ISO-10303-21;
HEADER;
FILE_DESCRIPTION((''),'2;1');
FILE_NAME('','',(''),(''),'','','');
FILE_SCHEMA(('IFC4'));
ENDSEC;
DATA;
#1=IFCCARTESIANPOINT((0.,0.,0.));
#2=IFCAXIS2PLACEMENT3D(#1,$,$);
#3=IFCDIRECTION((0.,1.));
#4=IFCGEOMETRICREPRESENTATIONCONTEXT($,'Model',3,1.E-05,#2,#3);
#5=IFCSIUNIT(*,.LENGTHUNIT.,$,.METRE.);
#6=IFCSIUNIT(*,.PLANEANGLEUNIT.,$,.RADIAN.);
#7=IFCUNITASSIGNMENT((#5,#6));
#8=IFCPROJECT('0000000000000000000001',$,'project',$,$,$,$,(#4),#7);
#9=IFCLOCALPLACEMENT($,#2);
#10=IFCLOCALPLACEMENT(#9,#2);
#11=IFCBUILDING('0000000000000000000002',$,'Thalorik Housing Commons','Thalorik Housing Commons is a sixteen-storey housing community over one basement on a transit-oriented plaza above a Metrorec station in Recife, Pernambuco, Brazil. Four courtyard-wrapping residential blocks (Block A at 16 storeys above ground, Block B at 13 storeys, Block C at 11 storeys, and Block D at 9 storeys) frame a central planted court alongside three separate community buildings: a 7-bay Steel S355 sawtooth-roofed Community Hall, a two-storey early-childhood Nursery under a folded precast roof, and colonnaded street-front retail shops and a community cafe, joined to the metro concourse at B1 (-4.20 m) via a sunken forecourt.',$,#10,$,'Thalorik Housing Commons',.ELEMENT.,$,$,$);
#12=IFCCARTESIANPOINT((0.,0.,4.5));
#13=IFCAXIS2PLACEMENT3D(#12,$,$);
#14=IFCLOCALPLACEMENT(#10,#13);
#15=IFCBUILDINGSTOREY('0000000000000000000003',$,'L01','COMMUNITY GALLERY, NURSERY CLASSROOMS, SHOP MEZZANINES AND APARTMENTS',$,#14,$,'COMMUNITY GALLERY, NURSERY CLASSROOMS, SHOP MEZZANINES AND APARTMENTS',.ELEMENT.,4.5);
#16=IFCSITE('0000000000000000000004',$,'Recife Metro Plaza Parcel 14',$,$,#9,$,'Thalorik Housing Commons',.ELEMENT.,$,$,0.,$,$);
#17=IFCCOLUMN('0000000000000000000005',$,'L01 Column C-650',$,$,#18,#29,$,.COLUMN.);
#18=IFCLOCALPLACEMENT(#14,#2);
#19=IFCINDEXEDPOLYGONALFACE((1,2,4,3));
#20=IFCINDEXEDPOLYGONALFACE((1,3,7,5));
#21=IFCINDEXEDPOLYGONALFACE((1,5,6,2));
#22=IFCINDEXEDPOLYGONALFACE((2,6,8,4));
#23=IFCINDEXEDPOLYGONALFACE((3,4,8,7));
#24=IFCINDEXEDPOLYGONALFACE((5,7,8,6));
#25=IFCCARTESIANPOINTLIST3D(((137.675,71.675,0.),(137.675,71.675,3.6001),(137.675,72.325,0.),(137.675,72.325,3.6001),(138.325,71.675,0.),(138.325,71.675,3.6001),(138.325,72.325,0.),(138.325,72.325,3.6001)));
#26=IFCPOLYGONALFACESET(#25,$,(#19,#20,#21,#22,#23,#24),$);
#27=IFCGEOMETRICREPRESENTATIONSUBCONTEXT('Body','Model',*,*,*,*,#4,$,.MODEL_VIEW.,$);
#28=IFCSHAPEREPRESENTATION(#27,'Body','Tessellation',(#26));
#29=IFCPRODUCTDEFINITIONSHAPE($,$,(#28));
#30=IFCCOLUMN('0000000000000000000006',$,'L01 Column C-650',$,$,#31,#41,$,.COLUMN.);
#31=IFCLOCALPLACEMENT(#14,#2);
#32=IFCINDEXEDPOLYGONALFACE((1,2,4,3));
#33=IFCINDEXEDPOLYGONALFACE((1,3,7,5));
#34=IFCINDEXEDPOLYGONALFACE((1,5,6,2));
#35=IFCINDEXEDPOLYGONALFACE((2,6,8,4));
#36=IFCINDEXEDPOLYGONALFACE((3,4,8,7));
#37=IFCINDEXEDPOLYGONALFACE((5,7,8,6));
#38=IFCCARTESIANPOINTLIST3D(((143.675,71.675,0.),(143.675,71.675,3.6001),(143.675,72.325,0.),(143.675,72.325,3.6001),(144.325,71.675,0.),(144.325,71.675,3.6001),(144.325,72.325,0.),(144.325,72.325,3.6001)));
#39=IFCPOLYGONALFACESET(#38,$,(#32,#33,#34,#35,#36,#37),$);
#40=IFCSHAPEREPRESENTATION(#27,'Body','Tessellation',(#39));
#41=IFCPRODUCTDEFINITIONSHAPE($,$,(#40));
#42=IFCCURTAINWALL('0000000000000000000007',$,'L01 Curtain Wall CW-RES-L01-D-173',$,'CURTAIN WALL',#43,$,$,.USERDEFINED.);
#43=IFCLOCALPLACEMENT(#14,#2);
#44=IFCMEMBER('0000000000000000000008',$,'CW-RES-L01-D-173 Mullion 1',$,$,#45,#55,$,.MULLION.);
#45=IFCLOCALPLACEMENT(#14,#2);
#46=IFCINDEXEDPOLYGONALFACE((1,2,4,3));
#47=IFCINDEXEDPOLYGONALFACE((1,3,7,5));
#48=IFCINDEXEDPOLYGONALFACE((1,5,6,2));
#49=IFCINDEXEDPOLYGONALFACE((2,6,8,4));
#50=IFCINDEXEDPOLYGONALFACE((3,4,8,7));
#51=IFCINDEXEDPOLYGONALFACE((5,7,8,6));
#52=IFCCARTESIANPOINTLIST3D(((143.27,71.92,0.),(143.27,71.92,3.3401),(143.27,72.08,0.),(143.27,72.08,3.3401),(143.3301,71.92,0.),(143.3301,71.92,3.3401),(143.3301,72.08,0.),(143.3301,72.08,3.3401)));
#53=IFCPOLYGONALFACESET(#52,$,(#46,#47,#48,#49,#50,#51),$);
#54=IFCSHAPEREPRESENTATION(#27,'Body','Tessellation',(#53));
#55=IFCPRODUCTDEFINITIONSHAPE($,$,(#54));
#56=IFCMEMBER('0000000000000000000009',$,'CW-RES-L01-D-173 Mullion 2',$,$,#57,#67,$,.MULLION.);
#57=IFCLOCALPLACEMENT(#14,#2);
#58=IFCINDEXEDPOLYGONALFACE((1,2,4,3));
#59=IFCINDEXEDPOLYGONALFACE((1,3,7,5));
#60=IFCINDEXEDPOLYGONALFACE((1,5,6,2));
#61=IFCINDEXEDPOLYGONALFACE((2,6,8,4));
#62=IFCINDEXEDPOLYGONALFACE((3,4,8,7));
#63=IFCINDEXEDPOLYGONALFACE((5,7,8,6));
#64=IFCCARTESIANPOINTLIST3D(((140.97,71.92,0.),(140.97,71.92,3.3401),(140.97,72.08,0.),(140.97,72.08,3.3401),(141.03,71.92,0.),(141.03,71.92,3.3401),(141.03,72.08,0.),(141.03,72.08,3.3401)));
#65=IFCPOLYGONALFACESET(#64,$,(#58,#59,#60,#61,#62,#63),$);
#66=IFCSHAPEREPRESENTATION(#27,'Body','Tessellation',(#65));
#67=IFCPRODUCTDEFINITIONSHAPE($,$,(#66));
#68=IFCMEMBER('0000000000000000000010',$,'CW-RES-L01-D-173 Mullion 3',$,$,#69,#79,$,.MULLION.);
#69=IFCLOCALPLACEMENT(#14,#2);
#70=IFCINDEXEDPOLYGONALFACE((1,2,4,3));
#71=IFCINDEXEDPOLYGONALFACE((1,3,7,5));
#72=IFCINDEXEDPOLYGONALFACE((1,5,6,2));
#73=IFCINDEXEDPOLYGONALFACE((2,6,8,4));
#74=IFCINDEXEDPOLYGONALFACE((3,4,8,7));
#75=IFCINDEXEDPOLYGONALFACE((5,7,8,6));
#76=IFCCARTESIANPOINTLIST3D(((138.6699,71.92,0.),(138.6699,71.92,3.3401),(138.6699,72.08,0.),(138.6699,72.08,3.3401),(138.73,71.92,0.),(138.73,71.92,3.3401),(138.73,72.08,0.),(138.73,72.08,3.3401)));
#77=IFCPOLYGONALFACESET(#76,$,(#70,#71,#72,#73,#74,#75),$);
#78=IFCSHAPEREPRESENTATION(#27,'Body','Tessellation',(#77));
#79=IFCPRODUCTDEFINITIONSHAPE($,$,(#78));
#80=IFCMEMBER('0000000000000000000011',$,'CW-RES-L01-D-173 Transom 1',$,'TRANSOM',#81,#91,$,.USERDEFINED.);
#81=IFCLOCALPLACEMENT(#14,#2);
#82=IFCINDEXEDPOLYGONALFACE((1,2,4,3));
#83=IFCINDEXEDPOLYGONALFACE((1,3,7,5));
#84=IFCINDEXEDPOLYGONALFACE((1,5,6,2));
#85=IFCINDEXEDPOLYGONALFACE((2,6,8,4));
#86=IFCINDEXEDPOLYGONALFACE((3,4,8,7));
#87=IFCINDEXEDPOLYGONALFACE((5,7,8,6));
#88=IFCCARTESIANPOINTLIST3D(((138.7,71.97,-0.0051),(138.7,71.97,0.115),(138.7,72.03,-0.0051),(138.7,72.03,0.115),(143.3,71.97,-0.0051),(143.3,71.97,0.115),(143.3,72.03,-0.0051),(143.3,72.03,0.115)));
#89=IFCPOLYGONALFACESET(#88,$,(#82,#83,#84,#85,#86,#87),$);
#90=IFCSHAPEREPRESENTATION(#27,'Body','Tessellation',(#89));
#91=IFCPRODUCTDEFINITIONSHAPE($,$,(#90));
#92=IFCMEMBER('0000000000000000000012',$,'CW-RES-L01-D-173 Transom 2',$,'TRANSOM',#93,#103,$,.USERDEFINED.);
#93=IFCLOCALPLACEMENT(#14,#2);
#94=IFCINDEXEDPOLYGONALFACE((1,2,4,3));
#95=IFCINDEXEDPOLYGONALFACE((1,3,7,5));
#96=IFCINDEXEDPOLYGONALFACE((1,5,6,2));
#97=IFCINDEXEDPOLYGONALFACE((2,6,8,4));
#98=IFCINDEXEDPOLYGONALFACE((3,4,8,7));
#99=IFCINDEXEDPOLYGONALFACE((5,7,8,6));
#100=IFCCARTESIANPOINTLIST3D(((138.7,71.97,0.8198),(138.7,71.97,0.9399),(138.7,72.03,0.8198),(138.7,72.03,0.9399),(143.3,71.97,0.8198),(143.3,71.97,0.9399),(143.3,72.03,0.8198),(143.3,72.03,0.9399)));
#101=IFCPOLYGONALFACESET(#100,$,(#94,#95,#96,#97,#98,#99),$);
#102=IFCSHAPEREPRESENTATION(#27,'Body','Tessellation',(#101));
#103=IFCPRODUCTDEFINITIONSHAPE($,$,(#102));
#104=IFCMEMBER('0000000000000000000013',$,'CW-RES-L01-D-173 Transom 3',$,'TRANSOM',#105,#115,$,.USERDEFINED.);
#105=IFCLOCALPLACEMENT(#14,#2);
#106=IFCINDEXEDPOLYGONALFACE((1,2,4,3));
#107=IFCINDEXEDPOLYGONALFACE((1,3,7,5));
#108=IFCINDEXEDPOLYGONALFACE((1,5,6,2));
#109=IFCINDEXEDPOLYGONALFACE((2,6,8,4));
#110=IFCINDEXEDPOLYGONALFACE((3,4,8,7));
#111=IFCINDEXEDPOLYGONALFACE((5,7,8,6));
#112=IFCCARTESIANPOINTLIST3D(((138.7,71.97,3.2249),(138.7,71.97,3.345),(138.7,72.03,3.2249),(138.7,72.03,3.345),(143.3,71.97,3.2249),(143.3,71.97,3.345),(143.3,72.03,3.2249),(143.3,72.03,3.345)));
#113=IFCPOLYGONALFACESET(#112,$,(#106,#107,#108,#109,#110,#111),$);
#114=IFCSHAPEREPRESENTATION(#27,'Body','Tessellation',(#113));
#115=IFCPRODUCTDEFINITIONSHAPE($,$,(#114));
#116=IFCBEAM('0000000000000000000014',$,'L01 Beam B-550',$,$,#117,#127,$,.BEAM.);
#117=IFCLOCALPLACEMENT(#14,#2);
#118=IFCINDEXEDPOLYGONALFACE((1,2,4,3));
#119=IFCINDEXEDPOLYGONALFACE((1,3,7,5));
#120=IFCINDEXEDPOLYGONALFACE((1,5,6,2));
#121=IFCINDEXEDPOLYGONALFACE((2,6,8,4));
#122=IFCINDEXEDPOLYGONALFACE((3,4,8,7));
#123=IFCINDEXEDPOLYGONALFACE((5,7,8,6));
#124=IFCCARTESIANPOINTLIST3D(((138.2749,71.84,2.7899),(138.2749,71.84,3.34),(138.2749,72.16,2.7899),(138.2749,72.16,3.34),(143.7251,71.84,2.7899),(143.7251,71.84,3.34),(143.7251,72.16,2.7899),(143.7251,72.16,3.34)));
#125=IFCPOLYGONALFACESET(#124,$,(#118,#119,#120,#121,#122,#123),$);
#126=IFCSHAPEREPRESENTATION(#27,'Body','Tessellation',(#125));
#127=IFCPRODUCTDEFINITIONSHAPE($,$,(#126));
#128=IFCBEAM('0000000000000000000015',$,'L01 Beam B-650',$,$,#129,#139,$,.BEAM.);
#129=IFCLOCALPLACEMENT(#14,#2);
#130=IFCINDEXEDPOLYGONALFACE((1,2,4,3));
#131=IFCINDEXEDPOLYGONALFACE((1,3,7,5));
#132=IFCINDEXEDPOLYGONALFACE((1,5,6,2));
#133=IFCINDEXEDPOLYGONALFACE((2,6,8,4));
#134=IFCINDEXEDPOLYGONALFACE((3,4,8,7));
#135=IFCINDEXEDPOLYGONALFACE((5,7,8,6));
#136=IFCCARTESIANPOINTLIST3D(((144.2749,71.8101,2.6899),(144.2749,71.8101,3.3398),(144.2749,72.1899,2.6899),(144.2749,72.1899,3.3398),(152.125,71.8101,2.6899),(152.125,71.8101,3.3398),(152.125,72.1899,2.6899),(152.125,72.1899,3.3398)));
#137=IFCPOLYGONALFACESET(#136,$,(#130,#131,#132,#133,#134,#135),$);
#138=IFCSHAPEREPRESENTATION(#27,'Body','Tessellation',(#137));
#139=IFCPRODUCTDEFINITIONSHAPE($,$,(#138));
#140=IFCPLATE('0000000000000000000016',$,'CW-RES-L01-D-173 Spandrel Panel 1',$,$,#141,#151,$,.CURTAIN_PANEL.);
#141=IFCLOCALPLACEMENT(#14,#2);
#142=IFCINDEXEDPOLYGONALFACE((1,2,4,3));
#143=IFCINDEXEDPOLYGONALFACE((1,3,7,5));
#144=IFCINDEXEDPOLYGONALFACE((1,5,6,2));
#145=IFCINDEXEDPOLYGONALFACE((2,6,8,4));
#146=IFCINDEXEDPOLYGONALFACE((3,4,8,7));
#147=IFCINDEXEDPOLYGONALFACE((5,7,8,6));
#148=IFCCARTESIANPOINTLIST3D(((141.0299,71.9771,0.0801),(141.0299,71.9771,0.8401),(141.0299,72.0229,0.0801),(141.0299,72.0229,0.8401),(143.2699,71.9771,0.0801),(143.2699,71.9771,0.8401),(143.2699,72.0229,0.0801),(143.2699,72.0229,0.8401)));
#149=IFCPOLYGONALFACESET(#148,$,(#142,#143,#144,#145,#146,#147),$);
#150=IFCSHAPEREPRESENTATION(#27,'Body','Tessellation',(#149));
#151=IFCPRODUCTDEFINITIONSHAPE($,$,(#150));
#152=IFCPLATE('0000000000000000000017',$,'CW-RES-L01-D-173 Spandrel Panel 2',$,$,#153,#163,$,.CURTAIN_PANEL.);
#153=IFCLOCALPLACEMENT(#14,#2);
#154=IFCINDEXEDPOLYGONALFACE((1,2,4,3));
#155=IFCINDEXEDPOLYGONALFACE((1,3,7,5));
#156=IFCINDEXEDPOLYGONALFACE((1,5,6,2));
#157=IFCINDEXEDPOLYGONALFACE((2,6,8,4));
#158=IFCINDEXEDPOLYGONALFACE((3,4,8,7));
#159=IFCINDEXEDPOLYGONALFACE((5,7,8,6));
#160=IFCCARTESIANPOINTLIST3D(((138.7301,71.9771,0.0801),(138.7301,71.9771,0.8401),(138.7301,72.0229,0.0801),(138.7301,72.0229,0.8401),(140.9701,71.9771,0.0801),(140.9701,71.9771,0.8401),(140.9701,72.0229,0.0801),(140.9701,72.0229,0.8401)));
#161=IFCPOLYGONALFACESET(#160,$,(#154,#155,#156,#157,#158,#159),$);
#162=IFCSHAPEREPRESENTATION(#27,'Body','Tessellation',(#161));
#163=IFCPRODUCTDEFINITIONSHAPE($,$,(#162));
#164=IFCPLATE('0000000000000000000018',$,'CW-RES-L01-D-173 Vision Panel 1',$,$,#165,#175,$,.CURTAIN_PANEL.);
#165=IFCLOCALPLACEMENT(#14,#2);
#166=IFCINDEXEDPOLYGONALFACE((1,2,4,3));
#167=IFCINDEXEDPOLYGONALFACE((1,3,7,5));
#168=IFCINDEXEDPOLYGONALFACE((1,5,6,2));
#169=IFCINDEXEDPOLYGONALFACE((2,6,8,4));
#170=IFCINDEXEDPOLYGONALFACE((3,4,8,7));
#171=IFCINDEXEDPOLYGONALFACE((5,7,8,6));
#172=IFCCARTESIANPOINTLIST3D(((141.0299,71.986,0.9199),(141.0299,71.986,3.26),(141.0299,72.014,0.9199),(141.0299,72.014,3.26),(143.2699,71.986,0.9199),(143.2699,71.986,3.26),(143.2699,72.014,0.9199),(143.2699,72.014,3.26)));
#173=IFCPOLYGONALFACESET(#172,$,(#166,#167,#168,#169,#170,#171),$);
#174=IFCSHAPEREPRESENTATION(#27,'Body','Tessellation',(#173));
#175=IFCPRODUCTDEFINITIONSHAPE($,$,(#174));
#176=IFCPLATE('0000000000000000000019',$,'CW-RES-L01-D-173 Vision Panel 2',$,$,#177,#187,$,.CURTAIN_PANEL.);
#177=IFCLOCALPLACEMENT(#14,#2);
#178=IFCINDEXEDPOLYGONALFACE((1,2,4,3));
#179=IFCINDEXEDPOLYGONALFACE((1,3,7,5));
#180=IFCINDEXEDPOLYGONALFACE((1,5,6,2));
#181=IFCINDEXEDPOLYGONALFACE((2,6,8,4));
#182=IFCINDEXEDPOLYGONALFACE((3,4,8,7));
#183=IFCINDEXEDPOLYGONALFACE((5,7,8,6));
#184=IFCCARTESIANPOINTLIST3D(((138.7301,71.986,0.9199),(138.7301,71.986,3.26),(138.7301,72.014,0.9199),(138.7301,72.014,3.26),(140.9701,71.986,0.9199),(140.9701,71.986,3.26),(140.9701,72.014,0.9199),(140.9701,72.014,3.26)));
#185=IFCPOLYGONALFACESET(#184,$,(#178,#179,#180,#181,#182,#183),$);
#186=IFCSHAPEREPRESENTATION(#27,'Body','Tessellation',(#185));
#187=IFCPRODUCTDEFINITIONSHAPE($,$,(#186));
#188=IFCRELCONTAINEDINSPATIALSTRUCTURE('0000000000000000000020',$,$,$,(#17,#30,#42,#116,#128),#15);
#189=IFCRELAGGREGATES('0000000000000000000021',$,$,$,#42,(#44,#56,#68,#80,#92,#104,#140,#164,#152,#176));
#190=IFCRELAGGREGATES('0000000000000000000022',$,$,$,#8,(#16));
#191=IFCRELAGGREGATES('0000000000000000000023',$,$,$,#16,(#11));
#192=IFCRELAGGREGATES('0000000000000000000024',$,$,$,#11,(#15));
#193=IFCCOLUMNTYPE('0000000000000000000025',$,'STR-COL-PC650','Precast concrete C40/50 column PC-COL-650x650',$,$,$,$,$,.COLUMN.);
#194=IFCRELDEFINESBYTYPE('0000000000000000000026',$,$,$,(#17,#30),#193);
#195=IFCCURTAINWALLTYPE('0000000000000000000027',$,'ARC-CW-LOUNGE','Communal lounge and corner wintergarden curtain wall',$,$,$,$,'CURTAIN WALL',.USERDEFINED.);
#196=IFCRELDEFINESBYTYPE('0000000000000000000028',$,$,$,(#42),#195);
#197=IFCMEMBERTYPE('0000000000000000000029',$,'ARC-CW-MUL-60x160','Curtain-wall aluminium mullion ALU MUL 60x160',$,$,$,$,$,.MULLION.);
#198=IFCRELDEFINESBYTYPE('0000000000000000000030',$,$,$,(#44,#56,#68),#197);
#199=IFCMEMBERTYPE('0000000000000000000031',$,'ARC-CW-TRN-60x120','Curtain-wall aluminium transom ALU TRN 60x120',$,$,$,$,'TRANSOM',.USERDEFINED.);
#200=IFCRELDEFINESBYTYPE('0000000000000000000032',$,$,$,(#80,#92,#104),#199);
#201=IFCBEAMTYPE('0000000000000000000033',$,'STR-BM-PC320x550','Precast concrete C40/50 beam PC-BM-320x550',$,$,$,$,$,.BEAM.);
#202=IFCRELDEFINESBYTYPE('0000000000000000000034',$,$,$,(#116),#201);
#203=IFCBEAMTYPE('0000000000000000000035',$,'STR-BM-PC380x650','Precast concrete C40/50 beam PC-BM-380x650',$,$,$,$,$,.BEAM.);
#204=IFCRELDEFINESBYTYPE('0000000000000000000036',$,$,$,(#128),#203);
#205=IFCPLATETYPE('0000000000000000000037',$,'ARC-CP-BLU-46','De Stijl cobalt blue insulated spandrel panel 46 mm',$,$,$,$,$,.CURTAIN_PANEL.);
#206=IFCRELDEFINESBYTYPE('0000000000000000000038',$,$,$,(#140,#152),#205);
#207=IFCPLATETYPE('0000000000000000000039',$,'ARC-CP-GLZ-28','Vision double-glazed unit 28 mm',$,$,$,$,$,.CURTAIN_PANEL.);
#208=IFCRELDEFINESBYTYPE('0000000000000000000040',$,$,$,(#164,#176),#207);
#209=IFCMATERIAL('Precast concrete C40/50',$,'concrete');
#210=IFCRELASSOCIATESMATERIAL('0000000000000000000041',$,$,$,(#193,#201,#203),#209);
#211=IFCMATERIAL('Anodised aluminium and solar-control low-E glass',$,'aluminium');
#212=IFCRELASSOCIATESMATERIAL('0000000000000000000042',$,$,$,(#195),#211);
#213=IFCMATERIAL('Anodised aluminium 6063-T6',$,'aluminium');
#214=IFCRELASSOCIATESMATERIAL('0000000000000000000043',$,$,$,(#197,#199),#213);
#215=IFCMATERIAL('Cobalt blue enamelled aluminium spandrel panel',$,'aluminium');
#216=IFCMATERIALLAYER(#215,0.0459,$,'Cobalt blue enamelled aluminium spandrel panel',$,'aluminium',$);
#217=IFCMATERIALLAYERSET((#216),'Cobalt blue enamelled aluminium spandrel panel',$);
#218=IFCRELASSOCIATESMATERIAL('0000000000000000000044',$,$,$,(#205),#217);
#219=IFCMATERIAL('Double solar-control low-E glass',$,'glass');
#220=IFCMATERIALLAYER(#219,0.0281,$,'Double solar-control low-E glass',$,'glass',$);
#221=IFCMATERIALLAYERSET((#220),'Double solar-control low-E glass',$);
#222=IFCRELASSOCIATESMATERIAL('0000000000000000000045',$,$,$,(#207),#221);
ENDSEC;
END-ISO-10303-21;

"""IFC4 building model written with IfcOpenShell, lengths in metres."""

from ifc_helpers import new_model, si_unit, direction, frame, origin, origin_2d, place, context, subcontext, project, spatial, rectangle, extrude, material, layer, layer_set, material_profile, profile_set, type_object, element, aggregate, save


model = new_model("IFC4")

# Units and contexts
model_context = context("Model", 3, precision=1e-05, world=origin(), true_north=direction((0.0, 1.0)))
body_context = subcontext(model_context, "Body", "Model", "MODEL_VIEW")
ifc_project = project(units=[si_unit("LENGTHUNIT", "METRE"), si_unit("PLANEANGLEUNIT", "RADIAN")], contexts=[model_context])

# Site, building, storey
site_placement = place(None, origin())
site = spatial("IfcSite", under=ifc_project, at=site_placement, Name="Recife Metro Plaza Parcel 14", LongName="Thalorik Housing Commons", CompositionType="ELEMENT", RefElevation=0.0)
building_placement = place(site_placement, origin())
building = spatial("IfcBuilding", under=site, at=building_placement, Name="Thalorik Housing Commons", Description="Thalorik Housing Commons is a sixteen-storey housing community over one basement on a transit-oriented plaza above a Metrorec station in Recife, Pernambuco, Brazil. Four courtyard-wrapping residential blocks (Block A at 16 storeys above ground, Block B at 13 storeys, Block C at 11 storeys, and Block D at 9 storeys) frame a central planted court alongside three separate community buildings: a 7-bay Steel S355 sawtooth-roofed Community Hall, a two-storey early-childhood Nursery under a folded precast roof, and colonnaded street-front retail shops and a community cafe, joined to the metro concourse at B1 (-4.20 m) via a sunken forecourt.", LongName="Thalorik Housing Commons", CompositionType="ELEMENT")
storey_placement = place(building_placement, frame((0.0, 0.0, 4.5)))
storey = spatial("IfcBuildingStorey", under=building, at=storey_placement, Name="L01", Description="COMMUNITY GALLERY, NURSERY CLASSROOMS, SHOP MEZZANINES AND APARTMENTS", LongName="COMMUNITY GALLERY, NURSERY CLASSROOMS, SHOP MEZZANINES AND APARTMENTS", CompositionType="ELEMENT", Elevation=4.5)

# Columns
ifc_material_1 = material(Name="Precast concrete C40/50", Category="concrete")
ifc_material_profile_1 = material_profile(ifc_material_1, rectangle(XDim=0.6499, YDim=0.6499, at=origin_2d()), Name="PC 650x650", Category="concrete")
ifc_profile_set_1 = profile_set([ifc_material_profile_1], Name="Precast concrete C40/50")
column_type = type_object("IfcColumnType", Name="STR-COL-PC650", Description="Precast concrete C40/50 column PC-COL-650x650", PredefinedType="COLUMN", material=ifc_profile_set_1)
for number, where, z_axis, x_axis, name in (
    (1, (138.0, 72.0, 0.0), (0.0, 0.0, 1.0), (1.0, 0.0, 0.0), "L01 Column C-650"),
    (2, (144.0, 72.0, 0.0), (0.0, 0.0, 1.0), (1.0, 0.0, 0.0), "L01 Column C-650"),
):
    element("IfcColumn", number, at=place(storey_placement, frame(where, z_axis=z_axis, x_axis=x_axis)), inside=storey, type_object=column_type, Name=name, PredefinedType="COLUMN", context=body_context, shape_type="SweptSolid", body=[
        extrude(rectangle(XDim=0.6499, YDim=0.6499, at=origin_2d()), origin(), (0.0, 0.0, 1.0), 3.6001),
    ])

# Curtain wall, members
ifc_material_2 = material(Name="Anodised aluminium and solar-control low-E glass", Category="aluminium")
curtain_wall_type = type_object("IfcCurtainWallType", Name="ARC-CW-LOUNGE", Description="Communal lounge and corner wintergarden curtain wall", ElementType="CURTAIN WALL", PredefinedType="USERDEFINED", material=ifc_material_2)
curtain_wall_placement = place(storey_placement, origin())
curtain_wall = element("IfcCurtainWall", 3, at=curtain_wall_placement, inside=storey, type_object=curtain_wall_type, Name="L01 Curtain Wall CW-RES-L01-D-173", ObjectType="CURTAIN WALL", PredefinedType="USERDEFINED")
ifc_material_3 = material(Name="Anodised aluminium 6063-T6", Category="aluminium")
ifc_material_profile_2 = material_profile(ifc_material_3, rectangle(XDim=0.0601, YDim=0.1599, at=origin_2d()), Name="ALU MUL 60x160", Category="aluminium")
ifc_profile_set_2 = profile_set([ifc_material_profile_2], Name="Anodised aluminium 6063-T6")
member_type_1 = type_object("IfcMemberType", Name="ARC-CW-MUL-60x160", Description="Curtain-wall aluminium mullion ALU MUL 60x160", PredefinedType="MULLION", material=ifc_profile_set_2)
member_1_placement = place(storey_placement, frame((143.3, 72.0, 0.0), z_axis=(0.0, 0.0, 1.0), x_axis=(-1.0, 0.0, 0.0)))
member_1 = element("IfcMember", 4, at=member_1_placement, type_object=member_type_1, Name="CW-RES-L01-D-173 Mullion 1", PredefinedType="MULLION", context=body_context, shape_type="SweptSolid", body=[
    extrude(rectangle(XDim=0.0601, YDim=0.1599, at=origin_2d()), origin(), (0.0, 0.0, 1.0), 3.3401),
])
member_2_placement = place(storey_placement, frame((141.0, 72.0, 0.0), z_axis=(0.0, 0.0, 1.0), x_axis=(-1.0, 0.0, 0.0)))
member_2 = element("IfcMember", 5, at=member_2_placement, type_object=member_type_1, Name="CW-RES-L01-D-173 Mullion 2", PredefinedType="MULLION", context=body_context, shape_type="SweptSolid", body=[
    extrude(rectangle(XDim=0.0601, YDim=0.1599, at=origin_2d()), origin(), (0.0, 0.0, 1.0), 3.3401),
])
member_3_placement = place(storey_placement, frame((138.7, 72.0, 0.0), z_axis=(0.0, 0.0, 1.0), x_axis=(-1.0, 0.0, 0.0)))
member_3 = element("IfcMember", 6, at=member_3_placement, type_object=member_type_1, Name="CW-RES-L01-D-173 Mullion 3", PredefinedType="MULLION", context=body_context, shape_type="SweptSolid", body=[
    extrude(rectangle(XDim=0.0601, YDim=0.1599, at=origin_2d()), origin(), (0.0, 0.0, 1.0), 3.3401),
])
ifc_material_profile_3 = material_profile(ifc_material_3, rectangle(XDim=0.0601, YDim=0.1201, at=origin_2d()), Name="ALU TRN 60x120", Category="aluminium")
ifc_profile_set_3 = profile_set([ifc_material_profile_3], Name="Anodised aluminium 6063-T6")
member_type_2 = type_object("IfcMemberType", Name="ARC-CW-TRN-60x120", Description="Curtain-wall aluminium transom ALU TRN 60x120", ElementType="TRANSOM", PredefinedType="USERDEFINED", material=ifc_profile_set_3)
member_4_placement = place(storey_placement, frame((143.3, 72.0, 0.0549), z_axis=(-1.0, 0.0, 0.0), x_axis=(0.0, -1.0, 0.0)))
member_4 = element("IfcMember", 7, at=member_4_placement, type_object=member_type_2, Name="CW-RES-L01-D-173 Transom 1", ObjectType="TRANSOM", PredefinedType="USERDEFINED", context=body_context, shape_type="SweptSolid", body=[
    extrude(rectangle(XDim=0.0601, YDim=0.1201, at=origin_2d()), origin(), (0.0, 0.0, 1.0), 4.6001),
])
member_5_placement = place(storey_placement, frame((143.3, 72.0, 0.8799), z_axis=(-1.0, 0.0, 0.0), x_axis=(0.0, -1.0, 0.0)))
member_5 = element("IfcMember", 8, at=member_5_placement, type_object=member_type_2, Name="CW-RES-L01-D-173 Transom 2", ObjectType="TRANSOM", PredefinedType="USERDEFINED", context=body_context, shape_type="SweptSolid", body=[
    extrude(rectangle(XDim=0.0601, YDim=0.1201, at=origin_2d()), origin(), (0.0, 0.0, 1.0), 4.6001),
])
member_6_placement = place(storey_placement, frame((143.3, 72.0, 3.2849), z_axis=(-1.0, 0.0, 0.0), x_axis=(0.0, -1.0, 0.0)))
member_6 = element("IfcMember", 9, at=member_6_placement, type_object=member_type_2, Name="CW-RES-L01-D-173 Transom 3", ObjectType="TRANSOM", PredefinedType="USERDEFINED", context=body_context, shape_type="SweptSolid", body=[
    extrude(rectangle(XDim=0.0601, YDim=0.1201, at=origin_2d()), origin(), (0.0, 0.0, 1.0), 4.6001),
])

# Beams
ifc_material_profile_4 = material_profile(ifc_material_1, rectangle(XDim=0.3201, YDim=0.55, at=origin_2d()), Name="PC 320x550", Category="concrete")
ifc_profile_set_4 = profile_set([ifc_material_profile_4], Name="Precast concrete C40/50")
beam_type_1 = type_object("IfcBeamType", Name="STR-BM-PC320x550", Description="Precast concrete C40/50 beam PC-BM-320x550", PredefinedType="BEAM", material=ifc_profile_set_4)
beam_1_placement = place(storey_placement, frame((138.2749, 72.0, 3.0649), z_axis=(1.0, 0.0, 0.0), x_axis=(0.0, 1.0, 0.0)))
element("IfcBeam", 10, at=beam_1_placement, inside=storey, type_object=beam_type_1, Name="L01 Beam B-550", PredefinedType="BEAM", context=body_context, shape_type="SweptSolid", body=[
    extrude(rectangle(XDim=0.3201, YDim=0.55, at=origin_2d()), origin(), (0.0, 0.0, 1.0), 5.4502),
])
ifc_material_profile_5 = material_profile(ifc_material_1, rectangle(XDim=0.3799, YDim=0.6499, at=origin_2d()), Name="PC 380x650", Category="concrete")
ifc_profile_set_5 = profile_set([ifc_material_profile_5], Name="Precast concrete C40/50")
beam_type_2 = type_object("IfcBeamType", Name="STR-BM-PC380x650", Description="Precast concrete C40/50 beam PC-BM-380x650", PredefinedType="BEAM", material=ifc_profile_set_5)
beam_2_placement = place(storey_placement, frame((144.2749, 72.0, 3.0149), z_axis=(1.0, 0.0, 0.0), x_axis=(0.0, 1.0, 0.0)))
element("IfcBeam", 11, at=beam_2_placement, inside=storey, type_object=beam_type_2, Name="L01 Beam B-650", PredefinedType="BEAM", context=body_context, shape_type="SweptSolid", body=[
    extrude(rectangle(XDim=0.3799, YDim=0.6499, at=origin_2d()), origin(), (0.0, 0.0, 1.0), 7.8501),
])

# Plates
ifc_material_4 = material(Name="Cobalt blue enamelled aluminium spandrel panel", Category="aluminium")
ifc_layer_1 = layer(ifc_material_4, 0.0459, Name="Cobalt blue enamelled aluminium spandrel panel", Category="aluminium")
ifc_layer_set_1 = layer_set([ifc_layer_1], Name="Cobalt blue enamelled aluminium spandrel panel")
plate_type_1 = type_object("IfcPlateType", Name="ARC-CP-BLU-46", Description="De Stijl cobalt blue insulated spandrel panel 46 mm", PredefinedType="CURTAIN_PANEL", material=ifc_layer_set_1)
plate_1_placement = place(storey_placement, frame((142.1499, 72.0, 0.0801), z_axis=(0.0, 0.0, 1.0), x_axis=(-1.0, 0.0, 0.0)))
plate_1 = element("IfcPlate", 12, at=plate_1_placement, type_object=plate_type_1, Name="CW-RES-L01-D-173 Spandrel Panel 1", PredefinedType="CURTAIN_PANEL", context=body_context, shape_type="SweptSolid", body=[
    extrude(rectangle(XDim=2.24, YDim=0.0459, at=origin_2d()), origin(), (0.0, 0.0, 1.0), 0.76),
])
plate_2_placement = place(storey_placement, frame((139.8501, 72.0, 0.0801), z_axis=(0.0, 0.0, 1.0), x_axis=(-1.0, 0.0, 0.0)))
plate_2 = element("IfcPlate", 13, at=plate_2_placement, type_object=plate_type_1, Name="CW-RES-L01-D-173 Spandrel Panel 2", PredefinedType="CURTAIN_PANEL", context=body_context, shape_type="SweptSolid", body=[
    extrude(rectangle(XDim=2.24, YDim=0.0459, at=origin_2d()), origin(), (0.0, 0.0, 1.0), 0.76),
])
ifc_material_5 = material(Name="Double solar-control low-E glass", Category="glass")
ifc_layer_2 = layer(ifc_material_5, 0.0281, Name="Double solar-control low-E glass", Category="glass")
ifc_layer_set_2 = layer_set([ifc_layer_2], Name="Double solar-control low-E glass")
plate_type_2 = type_object("IfcPlateType", Name="ARC-CP-GLZ-28", Description="Vision double-glazed unit 28 mm", PredefinedType="CURTAIN_PANEL", material=ifc_layer_set_2)
plate_3_placement = place(storey_placement, frame((142.1499, 72.0, 0.9199), z_axis=(0.0, 0.0, 1.0), x_axis=(-1.0, 0.0, 0.0)))
plate_3 = element("IfcPlate", 14, at=plate_3_placement, type_object=plate_type_2, Name="CW-RES-L01-D-173 Vision Panel 1", PredefinedType="CURTAIN_PANEL", context=body_context, shape_type="SweptSolid", body=[
    extrude(rectangle(XDim=2.24, YDim=0.0281, at=origin_2d()), origin(), (0.0, 0.0, 1.0), 2.3401),
])
plate_4_placement = place(storey_placement, frame((139.8501, 72.0, 0.9199), z_axis=(0.0, 0.0, 1.0), x_axis=(-1.0, 0.0, 0.0)))
plate_4 = element("IfcPlate", 15, at=plate_4_placement, type_object=plate_type_2, Name="CW-RES-L01-D-173 Vision Panel 2", PredefinedType="CURTAIN_PANEL", context=body_context, shape_type="SweptSolid", body=[
    extrude(rectangle(XDim=2.24, YDim=0.0281, at=origin_2d()), origin(), (0.0, 0.0, 1.0), 2.3401),
])
aggregate(curtain_wall, [member_1, member_2, member_3, member_4, member_5, member_6, plate_1, plate_3, plate_2, plate_4])

save(model, "model.ifc")
